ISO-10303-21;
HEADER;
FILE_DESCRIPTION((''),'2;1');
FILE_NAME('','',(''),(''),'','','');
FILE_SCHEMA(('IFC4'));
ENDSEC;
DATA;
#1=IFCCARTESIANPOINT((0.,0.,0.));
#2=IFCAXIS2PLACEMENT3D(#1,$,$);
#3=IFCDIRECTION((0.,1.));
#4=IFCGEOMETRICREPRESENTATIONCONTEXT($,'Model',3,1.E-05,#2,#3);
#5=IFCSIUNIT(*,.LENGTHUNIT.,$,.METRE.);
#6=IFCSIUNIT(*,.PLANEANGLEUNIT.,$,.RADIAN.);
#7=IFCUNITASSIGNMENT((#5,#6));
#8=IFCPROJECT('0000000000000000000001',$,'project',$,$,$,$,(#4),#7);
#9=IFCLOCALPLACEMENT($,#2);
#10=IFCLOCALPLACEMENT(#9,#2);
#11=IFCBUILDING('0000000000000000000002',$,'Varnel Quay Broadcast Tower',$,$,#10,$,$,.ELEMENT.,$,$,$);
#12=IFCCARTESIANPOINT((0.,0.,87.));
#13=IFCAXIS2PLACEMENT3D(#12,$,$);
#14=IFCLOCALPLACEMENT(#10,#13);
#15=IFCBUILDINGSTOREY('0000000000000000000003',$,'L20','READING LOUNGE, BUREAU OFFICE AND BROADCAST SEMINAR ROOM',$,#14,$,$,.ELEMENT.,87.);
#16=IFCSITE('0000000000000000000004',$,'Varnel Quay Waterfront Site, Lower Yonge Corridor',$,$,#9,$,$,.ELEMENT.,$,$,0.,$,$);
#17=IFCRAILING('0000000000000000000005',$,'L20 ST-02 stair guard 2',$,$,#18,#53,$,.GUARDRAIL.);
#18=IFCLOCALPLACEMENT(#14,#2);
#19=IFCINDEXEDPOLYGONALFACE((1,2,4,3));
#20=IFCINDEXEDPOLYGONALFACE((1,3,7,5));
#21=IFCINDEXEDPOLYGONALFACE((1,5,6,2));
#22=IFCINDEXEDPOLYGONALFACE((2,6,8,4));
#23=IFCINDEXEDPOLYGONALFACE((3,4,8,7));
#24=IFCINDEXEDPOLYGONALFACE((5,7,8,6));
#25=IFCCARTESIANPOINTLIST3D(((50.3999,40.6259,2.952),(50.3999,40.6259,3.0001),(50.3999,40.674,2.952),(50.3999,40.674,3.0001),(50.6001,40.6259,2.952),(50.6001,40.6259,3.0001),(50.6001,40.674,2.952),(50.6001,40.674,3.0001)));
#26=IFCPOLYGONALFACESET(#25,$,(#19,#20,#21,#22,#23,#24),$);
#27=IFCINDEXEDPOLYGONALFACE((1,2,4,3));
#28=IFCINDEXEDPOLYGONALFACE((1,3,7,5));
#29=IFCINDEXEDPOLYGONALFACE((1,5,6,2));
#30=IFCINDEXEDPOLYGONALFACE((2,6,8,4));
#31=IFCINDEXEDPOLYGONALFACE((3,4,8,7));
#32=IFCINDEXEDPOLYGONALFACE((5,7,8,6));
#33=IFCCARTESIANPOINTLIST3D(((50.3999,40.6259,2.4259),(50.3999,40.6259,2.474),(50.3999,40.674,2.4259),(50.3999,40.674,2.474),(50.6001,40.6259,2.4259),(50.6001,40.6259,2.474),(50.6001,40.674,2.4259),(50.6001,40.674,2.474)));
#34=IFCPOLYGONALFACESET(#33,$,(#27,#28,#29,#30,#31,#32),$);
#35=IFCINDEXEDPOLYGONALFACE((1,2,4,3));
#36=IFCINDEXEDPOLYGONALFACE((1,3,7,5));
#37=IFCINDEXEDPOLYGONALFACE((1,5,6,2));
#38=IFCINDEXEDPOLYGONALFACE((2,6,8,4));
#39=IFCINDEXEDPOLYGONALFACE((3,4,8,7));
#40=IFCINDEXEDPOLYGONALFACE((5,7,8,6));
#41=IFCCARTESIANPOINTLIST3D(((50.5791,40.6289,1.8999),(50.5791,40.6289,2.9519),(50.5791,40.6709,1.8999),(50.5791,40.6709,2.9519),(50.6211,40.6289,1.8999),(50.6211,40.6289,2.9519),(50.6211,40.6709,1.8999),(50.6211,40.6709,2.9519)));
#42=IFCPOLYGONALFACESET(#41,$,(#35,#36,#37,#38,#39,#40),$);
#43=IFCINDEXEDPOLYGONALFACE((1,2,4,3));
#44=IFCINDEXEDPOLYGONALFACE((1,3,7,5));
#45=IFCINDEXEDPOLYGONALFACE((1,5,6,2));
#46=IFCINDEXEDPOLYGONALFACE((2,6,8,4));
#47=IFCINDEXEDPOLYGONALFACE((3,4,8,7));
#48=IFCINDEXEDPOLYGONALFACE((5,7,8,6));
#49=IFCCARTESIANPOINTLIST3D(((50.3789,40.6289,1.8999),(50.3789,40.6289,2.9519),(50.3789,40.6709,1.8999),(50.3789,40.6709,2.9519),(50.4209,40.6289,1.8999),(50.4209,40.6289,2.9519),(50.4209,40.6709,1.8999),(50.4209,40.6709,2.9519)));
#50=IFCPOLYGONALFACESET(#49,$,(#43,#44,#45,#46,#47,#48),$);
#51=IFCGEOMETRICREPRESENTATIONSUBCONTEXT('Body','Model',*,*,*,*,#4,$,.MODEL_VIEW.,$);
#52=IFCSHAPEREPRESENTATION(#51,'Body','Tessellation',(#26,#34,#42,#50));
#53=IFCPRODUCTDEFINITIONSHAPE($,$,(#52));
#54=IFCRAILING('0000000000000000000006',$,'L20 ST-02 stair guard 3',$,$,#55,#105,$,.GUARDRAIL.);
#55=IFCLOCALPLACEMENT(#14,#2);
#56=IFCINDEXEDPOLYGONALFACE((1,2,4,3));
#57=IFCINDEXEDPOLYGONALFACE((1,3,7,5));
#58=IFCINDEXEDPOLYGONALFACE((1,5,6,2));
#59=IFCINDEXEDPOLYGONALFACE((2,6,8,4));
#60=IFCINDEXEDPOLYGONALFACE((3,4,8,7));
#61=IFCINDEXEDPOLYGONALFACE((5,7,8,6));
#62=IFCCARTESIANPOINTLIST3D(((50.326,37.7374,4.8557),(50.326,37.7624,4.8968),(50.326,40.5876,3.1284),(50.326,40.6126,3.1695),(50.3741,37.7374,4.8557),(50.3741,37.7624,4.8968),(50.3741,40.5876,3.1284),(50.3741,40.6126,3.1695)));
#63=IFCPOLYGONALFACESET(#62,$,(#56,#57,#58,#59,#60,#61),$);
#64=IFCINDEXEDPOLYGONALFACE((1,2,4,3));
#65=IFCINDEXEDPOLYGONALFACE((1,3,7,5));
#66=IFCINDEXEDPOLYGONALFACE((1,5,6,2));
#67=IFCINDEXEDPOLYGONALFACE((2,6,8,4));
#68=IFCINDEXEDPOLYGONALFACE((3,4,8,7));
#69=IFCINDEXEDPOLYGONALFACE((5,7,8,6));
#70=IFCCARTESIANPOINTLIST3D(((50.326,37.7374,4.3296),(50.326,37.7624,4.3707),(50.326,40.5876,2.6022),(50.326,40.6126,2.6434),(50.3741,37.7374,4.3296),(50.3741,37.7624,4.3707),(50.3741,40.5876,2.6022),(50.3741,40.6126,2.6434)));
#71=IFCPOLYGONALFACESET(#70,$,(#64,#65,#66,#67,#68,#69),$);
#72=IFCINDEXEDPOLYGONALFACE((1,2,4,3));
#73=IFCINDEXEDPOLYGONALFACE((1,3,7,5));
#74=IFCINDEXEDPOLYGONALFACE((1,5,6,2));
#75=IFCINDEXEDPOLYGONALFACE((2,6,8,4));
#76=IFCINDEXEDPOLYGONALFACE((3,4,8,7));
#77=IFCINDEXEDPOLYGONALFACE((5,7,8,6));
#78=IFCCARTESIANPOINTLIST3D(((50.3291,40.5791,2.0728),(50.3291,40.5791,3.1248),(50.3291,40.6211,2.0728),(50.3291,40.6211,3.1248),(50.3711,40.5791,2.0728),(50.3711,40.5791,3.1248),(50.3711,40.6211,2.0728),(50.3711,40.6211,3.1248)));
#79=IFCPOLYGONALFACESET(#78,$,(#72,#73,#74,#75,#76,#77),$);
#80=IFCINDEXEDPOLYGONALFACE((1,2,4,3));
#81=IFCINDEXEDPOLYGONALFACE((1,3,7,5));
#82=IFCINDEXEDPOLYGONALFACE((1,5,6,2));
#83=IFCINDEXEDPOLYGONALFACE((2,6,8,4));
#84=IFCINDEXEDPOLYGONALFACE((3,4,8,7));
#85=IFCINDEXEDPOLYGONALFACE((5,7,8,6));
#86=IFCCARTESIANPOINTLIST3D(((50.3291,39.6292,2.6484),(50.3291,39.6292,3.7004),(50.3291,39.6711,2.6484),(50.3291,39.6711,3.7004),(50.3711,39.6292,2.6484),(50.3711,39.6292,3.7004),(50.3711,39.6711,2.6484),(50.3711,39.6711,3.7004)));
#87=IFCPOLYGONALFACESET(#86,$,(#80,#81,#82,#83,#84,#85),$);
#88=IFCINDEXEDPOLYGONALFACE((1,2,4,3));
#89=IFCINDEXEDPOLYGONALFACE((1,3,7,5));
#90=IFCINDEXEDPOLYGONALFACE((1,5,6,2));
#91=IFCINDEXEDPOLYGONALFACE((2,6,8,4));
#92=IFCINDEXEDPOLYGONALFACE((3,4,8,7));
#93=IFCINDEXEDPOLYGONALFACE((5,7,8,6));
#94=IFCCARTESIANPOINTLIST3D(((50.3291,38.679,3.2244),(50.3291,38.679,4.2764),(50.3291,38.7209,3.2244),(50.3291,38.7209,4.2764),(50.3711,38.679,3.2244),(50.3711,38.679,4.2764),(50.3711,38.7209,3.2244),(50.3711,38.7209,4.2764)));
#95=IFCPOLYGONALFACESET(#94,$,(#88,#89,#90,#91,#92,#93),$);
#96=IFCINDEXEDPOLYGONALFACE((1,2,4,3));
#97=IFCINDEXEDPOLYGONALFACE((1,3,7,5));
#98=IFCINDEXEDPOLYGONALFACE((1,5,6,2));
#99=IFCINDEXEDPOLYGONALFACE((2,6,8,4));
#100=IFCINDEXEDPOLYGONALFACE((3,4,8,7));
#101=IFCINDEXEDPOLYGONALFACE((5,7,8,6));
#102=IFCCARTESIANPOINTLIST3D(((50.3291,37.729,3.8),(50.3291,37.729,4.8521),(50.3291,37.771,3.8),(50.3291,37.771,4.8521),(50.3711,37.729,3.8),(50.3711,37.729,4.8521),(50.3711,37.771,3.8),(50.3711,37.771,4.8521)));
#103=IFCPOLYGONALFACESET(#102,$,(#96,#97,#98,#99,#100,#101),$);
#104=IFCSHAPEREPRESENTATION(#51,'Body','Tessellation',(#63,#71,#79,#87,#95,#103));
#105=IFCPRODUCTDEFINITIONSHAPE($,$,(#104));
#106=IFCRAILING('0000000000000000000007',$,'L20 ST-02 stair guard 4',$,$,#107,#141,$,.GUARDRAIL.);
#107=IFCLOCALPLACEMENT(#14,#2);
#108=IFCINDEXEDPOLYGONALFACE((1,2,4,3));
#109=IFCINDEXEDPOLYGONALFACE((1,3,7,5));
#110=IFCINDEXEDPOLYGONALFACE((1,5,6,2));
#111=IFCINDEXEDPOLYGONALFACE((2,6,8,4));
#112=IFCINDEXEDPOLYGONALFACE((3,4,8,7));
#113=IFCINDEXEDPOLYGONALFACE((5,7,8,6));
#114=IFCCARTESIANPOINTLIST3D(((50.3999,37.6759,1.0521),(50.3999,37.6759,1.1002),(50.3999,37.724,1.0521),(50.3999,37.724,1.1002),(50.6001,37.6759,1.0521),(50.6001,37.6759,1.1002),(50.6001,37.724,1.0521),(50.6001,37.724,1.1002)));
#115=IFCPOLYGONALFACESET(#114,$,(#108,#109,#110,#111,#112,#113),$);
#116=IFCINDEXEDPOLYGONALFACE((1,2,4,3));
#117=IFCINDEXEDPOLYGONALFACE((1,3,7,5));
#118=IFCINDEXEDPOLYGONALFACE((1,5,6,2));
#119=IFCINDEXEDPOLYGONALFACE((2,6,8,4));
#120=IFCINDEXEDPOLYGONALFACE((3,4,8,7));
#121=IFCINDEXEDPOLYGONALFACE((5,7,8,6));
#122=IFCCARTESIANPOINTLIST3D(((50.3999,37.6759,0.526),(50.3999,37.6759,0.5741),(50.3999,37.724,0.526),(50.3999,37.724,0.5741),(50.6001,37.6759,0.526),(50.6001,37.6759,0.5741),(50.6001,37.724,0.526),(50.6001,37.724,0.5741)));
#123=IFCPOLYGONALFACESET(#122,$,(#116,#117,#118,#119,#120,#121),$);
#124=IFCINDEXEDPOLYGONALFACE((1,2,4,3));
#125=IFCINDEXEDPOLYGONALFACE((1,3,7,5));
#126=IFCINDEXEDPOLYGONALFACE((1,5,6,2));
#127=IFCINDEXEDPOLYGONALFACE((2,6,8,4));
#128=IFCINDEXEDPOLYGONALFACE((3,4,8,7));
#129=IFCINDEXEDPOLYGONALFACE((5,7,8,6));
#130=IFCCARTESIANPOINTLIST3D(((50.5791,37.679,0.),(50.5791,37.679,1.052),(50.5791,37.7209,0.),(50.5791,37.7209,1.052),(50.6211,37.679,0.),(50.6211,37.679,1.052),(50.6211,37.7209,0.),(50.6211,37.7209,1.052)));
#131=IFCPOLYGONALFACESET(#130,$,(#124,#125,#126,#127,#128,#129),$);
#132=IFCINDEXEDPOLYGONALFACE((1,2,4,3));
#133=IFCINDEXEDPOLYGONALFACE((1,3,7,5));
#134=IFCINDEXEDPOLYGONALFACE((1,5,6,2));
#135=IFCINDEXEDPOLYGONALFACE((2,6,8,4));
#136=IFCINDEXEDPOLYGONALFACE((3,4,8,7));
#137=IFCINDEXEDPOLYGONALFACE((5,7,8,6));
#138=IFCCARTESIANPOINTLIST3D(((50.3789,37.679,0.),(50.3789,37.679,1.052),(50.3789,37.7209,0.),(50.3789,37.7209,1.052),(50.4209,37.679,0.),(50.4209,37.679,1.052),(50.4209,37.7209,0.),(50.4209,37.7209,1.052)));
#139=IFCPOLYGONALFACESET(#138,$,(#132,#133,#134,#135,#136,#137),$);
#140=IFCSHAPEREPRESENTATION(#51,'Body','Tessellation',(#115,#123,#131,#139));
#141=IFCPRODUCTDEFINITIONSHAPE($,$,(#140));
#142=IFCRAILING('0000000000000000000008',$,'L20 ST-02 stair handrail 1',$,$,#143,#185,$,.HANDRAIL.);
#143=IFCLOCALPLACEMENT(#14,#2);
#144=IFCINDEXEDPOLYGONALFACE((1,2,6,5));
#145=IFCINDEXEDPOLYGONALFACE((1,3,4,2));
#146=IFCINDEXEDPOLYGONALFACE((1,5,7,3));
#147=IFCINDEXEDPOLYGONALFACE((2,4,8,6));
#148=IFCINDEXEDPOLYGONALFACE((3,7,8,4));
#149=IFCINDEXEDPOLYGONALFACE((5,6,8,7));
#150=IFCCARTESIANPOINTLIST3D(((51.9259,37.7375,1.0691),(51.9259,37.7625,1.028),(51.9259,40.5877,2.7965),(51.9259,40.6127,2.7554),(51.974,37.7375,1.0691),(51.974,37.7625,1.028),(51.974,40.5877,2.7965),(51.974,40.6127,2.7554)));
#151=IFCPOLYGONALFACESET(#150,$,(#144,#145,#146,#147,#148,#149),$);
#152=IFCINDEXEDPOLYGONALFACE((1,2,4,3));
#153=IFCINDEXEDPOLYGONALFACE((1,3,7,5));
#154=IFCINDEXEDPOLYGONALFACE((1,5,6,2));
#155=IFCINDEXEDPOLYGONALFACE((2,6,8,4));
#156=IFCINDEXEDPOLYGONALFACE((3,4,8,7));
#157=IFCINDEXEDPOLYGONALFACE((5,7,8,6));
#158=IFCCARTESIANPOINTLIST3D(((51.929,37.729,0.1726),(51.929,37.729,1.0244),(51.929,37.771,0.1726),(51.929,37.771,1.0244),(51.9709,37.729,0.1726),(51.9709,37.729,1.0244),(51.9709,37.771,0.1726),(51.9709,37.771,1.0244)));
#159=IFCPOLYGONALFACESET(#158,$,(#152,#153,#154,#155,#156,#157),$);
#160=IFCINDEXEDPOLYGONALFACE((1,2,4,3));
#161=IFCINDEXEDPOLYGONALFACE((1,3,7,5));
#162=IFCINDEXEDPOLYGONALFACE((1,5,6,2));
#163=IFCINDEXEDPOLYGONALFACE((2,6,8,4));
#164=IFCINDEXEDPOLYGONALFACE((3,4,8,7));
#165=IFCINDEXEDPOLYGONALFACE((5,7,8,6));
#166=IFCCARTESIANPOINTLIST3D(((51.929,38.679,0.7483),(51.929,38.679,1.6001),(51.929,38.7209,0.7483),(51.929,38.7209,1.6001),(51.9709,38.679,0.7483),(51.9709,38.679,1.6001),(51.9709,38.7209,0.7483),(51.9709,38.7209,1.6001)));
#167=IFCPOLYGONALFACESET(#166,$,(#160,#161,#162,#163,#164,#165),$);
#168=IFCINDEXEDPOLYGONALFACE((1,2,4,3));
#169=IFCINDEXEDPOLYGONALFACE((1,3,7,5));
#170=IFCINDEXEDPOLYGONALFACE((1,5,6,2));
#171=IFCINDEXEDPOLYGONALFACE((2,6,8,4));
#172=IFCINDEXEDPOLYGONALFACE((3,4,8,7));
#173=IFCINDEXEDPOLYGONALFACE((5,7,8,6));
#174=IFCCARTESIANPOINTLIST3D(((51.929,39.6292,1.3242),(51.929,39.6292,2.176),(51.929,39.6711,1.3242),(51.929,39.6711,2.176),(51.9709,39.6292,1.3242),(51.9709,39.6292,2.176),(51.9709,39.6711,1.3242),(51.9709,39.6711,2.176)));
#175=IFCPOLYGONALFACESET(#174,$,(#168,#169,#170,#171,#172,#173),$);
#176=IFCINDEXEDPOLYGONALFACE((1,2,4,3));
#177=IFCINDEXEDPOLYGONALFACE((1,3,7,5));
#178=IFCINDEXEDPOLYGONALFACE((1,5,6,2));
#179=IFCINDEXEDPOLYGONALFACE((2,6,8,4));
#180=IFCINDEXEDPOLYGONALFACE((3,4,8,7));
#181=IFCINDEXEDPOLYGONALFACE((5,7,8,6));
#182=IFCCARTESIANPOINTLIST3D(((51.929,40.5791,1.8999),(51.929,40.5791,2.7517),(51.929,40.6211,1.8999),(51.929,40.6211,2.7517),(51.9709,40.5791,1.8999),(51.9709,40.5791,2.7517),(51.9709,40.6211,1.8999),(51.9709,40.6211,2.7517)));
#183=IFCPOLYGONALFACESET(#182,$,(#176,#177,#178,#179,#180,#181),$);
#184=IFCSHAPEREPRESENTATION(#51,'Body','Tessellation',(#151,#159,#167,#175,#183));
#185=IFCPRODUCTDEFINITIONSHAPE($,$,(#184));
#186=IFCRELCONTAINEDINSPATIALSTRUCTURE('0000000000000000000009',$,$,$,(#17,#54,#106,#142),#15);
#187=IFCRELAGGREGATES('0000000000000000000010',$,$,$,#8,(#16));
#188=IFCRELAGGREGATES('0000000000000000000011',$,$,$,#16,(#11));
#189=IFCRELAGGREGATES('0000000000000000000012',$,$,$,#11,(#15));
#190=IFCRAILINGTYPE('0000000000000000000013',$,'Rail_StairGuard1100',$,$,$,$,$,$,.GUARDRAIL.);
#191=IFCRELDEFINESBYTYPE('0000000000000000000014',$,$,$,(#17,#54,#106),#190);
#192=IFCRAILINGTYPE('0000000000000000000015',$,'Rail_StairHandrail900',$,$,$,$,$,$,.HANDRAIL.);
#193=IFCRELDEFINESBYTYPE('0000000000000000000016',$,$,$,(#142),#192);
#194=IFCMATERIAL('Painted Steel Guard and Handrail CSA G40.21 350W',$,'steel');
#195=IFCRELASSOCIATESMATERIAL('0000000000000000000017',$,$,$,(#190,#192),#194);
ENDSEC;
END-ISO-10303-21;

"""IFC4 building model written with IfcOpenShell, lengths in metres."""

from ifc_helpers import new_model, si_unit, direction, frame, origin, origin_2d, place, context, subcontext, project, spatial, rectangle, extrude, material, type_object, element, save


model = new_model("IFC4")

# Units and contexts
model_context = context("Model", 3, precision=1e-05, world=origin(), true_north=direction((0.0, 1.0)))
body_context = subcontext(model_context, "Body", "Model", "MODEL_VIEW")
ifc_project = project(units=[si_unit("LENGTHUNIT", "METRE"), si_unit("PLANEANGLEUNIT", "RADIAN")], contexts=[model_context])

# Site, building, storey
site_placement = place(None, origin())
site = spatial("IfcSite", under=ifc_project, at=site_placement, Name="Varnel Quay Waterfront Site, Lower Yonge Corridor", CompositionType="ELEMENT", RefElevation=0.0)
building_placement = place(site_placement, origin())
building = spatial("IfcBuilding", under=site, at=building_placement, Name="Varnel Quay Broadcast Tower", CompositionType="ELEMENT")
storey_placement = place(building_placement, frame((0.0, 0.0, 87.0)))
storey = spatial("IfcBuildingStorey", under=building, at=storey_placement, Name="L20", Description="READING LOUNGE, BUREAU OFFICE AND BROADCAST SEMINAR ROOM", CompositionType="ELEMENT", Elevation=87.0)

# Railings
ifc_material_1 = material(Name="Painted Steel Guard and Handrail CSA G40.21 350W", Category="steel")
railing_type_1 = type_object("IfcRailingType", Name="Rail_StairGuard1100", PredefinedType="GUARDRAIL", material=ifc_material_1)
railing_1_placement = place(storey_placement, frame((50.6001, 40.6499, 1.8999)))
element("IfcRailing", 1, at=railing_1_placement, inside=storey, type_object=railing_type_1, Name="L20 ST-02 stair guard 2", PredefinedType="GUARDRAIL", context=body_context, shape_type="SweptSolid", body=[
    extrude(rectangle(XDim=0.0481, YDim=0.0481, at=origin_2d()), frame((0.0, 0.0, 1.0762), z_axis=(-1.0, 0.0, 0.0), x_axis=(0.0, -1.0, 0.0)), (0.0, 0.0, 1.0), 0.2002),
    extrude(rectangle(XDim=0.0481, YDim=0.0481, at=origin_2d()), frame((0.0, 0.0, 0.55), z_axis=(-1.0, 0.0, 0.0), x_axis=(0.0, -1.0, 0.0)), (0.0, 0.0, 1.0), 0.2002),
    extrude(rectangle(XDim=0.042, YDim=0.042, at=origin_2d()), origin(), (0.0, 0.0, 1.0), 1.052),
    extrude(rectangle(XDim=0.042, YDim=0.042, at=origin_2d()), frame((-0.2002, 0.0, 0.0)), (0.0, 0.0, 1.0), 1.052),
])
railing_2_placement = place(storey_placement, frame((50.3501, 40.6001, 2.0728)))
element("IfcRailing", 2, at=railing_2_placement, inside=storey, type_object=railing_type_1, Name="L20 ST-02 stair guard 3", PredefinedType="GUARDRAIL", context=body_context, shape_type="SweptSolid", body=[
    extrude(rectangle(XDim=0.0481, YDim=0.0481, at=origin_2d()), frame((0.0, 0.0, 1.0762), z_axis=(0.0, -0.855203, 0.518294), x_axis=(1.0, 0.0, 0.0)), (0.0, 0.0, 1.0), 3.3328),
    extrude(rectangle(XDim=0.0481, YDim=0.0481, at=origin_2d()), frame((0.0, 0.0, 0.55), z_axis=(0.0, -0.855203, 0.518294), x_axis=(1.0, 0.0, 0.0)), (0.0, 0.0, 1.0), 3.3328),
    extrude(rectangle(XDim=0.042, YDim=0.042, at=origin_2d()), origin(), (0.0, 0.0, 1.0), 1.052),
    extrude(rectangle(XDim=0.042, YDim=0.042, at=origin_2d()), frame((0.0, -0.95, 0.5757)), (0.0, 0.0, 1.0), 1.052),
    extrude(rectangle(XDim=0.042, YDim=0.042, at=origin_2d()), frame((0.0, -1.9001, 1.1516)), (0.0, 0.0, 1.0), 1.052),
    extrude(rectangle(XDim=0.042, YDim=0.042, at=origin_2d()), frame((0.0, -2.8501, 1.7273)), (0.0, 0.0, 1.0), 1.052),
])
railing_3_placement = place(storey_placement, frame((50.6001, 37.7, 0.0)))
element("IfcRailing", 3, at=railing_3_placement, inside=storey, type_object=railing_type_1, Name="L20 ST-02 stair guard 4", PredefinedType="GUARDRAIL", context=body_context, shape_type="SweptSolid", body=[
    extrude(rectangle(XDim=0.0481, YDim=0.0481, at=origin_2d()), frame((0.0, 0.0, 1.0762), z_axis=(-1.0, 0.0, 0.0), x_axis=(0.0, -1.0, 0.0)), (0.0, 0.0, 1.0), 0.2002),
    extrude(rectangle(XDim=0.0481, YDim=0.0481, at=origin_2d()), frame((0.0, 0.0, 0.55), z_axis=(-1.0, 0.0, 0.0), x_axis=(0.0, -1.0, 0.0)), (0.0, 0.0, 1.0), 0.2002),
    extrude(rectangle(XDim=0.042, YDim=0.042, at=origin_2d()), origin(), (0.0, 0.0, 1.0), 1.052),
    extrude(rectangle(XDim=0.042, YDim=0.042, at=origin_2d()), frame((-0.2002, 0.0, 0.0)), (0.0, 0.0, 1.0), 1.052),
])
railing_type_2 = type_object("IfcRailingType", Name="Rail_StairHandrail900", PredefinedType="HANDRAIL", material=ifc_material_1)
railing_4_placement = place(storey_placement, frame((51.95, 37.75, 0.1726)))
element("IfcRailing", 4, at=railing_4_placement, inside=storey, type_object=railing_type_2, Name="L20 ST-02 stair handrail 1", PredefinedType="HANDRAIL", context=body_context, shape_type="SweptSolid", body=[
    extrude(rectangle(XDim=0.0481, YDim=0.0481, at=origin_2d()), frame((0.0, 0.0, 0.876), z_axis=(0.0, 0.855203, 0.518294), x_axis=(-1.0, 0.0, 0.0)), (0.0, 0.0, 1.0), 3.3328),
    extrude(rectangle(XDim=0.042, YDim=0.042, at=origin_2d()), origin(), (0.0, 0.0, 1.0), 0.8518),
    extrude(rectangle(XDim=0.042, YDim=0.042, at=origin_2d()), frame((0.0, 0.95, 0.5757)), (0.0, 0.0, 1.0), 0.8518),
    extrude(rectangle(XDim=0.042, YDim=0.042, at=origin_2d()), frame((0.0, 1.9001, 1.1516)), (0.0, 0.0, 1.0), 0.8518),
    extrude(rectangle(XDim=0.042, YDim=0.042, at=origin_2d()), frame((0.0, 2.8501, 1.7273)), (0.0, 0.0, 1.0), 0.8518),
])

save(model, "model.ifc")
